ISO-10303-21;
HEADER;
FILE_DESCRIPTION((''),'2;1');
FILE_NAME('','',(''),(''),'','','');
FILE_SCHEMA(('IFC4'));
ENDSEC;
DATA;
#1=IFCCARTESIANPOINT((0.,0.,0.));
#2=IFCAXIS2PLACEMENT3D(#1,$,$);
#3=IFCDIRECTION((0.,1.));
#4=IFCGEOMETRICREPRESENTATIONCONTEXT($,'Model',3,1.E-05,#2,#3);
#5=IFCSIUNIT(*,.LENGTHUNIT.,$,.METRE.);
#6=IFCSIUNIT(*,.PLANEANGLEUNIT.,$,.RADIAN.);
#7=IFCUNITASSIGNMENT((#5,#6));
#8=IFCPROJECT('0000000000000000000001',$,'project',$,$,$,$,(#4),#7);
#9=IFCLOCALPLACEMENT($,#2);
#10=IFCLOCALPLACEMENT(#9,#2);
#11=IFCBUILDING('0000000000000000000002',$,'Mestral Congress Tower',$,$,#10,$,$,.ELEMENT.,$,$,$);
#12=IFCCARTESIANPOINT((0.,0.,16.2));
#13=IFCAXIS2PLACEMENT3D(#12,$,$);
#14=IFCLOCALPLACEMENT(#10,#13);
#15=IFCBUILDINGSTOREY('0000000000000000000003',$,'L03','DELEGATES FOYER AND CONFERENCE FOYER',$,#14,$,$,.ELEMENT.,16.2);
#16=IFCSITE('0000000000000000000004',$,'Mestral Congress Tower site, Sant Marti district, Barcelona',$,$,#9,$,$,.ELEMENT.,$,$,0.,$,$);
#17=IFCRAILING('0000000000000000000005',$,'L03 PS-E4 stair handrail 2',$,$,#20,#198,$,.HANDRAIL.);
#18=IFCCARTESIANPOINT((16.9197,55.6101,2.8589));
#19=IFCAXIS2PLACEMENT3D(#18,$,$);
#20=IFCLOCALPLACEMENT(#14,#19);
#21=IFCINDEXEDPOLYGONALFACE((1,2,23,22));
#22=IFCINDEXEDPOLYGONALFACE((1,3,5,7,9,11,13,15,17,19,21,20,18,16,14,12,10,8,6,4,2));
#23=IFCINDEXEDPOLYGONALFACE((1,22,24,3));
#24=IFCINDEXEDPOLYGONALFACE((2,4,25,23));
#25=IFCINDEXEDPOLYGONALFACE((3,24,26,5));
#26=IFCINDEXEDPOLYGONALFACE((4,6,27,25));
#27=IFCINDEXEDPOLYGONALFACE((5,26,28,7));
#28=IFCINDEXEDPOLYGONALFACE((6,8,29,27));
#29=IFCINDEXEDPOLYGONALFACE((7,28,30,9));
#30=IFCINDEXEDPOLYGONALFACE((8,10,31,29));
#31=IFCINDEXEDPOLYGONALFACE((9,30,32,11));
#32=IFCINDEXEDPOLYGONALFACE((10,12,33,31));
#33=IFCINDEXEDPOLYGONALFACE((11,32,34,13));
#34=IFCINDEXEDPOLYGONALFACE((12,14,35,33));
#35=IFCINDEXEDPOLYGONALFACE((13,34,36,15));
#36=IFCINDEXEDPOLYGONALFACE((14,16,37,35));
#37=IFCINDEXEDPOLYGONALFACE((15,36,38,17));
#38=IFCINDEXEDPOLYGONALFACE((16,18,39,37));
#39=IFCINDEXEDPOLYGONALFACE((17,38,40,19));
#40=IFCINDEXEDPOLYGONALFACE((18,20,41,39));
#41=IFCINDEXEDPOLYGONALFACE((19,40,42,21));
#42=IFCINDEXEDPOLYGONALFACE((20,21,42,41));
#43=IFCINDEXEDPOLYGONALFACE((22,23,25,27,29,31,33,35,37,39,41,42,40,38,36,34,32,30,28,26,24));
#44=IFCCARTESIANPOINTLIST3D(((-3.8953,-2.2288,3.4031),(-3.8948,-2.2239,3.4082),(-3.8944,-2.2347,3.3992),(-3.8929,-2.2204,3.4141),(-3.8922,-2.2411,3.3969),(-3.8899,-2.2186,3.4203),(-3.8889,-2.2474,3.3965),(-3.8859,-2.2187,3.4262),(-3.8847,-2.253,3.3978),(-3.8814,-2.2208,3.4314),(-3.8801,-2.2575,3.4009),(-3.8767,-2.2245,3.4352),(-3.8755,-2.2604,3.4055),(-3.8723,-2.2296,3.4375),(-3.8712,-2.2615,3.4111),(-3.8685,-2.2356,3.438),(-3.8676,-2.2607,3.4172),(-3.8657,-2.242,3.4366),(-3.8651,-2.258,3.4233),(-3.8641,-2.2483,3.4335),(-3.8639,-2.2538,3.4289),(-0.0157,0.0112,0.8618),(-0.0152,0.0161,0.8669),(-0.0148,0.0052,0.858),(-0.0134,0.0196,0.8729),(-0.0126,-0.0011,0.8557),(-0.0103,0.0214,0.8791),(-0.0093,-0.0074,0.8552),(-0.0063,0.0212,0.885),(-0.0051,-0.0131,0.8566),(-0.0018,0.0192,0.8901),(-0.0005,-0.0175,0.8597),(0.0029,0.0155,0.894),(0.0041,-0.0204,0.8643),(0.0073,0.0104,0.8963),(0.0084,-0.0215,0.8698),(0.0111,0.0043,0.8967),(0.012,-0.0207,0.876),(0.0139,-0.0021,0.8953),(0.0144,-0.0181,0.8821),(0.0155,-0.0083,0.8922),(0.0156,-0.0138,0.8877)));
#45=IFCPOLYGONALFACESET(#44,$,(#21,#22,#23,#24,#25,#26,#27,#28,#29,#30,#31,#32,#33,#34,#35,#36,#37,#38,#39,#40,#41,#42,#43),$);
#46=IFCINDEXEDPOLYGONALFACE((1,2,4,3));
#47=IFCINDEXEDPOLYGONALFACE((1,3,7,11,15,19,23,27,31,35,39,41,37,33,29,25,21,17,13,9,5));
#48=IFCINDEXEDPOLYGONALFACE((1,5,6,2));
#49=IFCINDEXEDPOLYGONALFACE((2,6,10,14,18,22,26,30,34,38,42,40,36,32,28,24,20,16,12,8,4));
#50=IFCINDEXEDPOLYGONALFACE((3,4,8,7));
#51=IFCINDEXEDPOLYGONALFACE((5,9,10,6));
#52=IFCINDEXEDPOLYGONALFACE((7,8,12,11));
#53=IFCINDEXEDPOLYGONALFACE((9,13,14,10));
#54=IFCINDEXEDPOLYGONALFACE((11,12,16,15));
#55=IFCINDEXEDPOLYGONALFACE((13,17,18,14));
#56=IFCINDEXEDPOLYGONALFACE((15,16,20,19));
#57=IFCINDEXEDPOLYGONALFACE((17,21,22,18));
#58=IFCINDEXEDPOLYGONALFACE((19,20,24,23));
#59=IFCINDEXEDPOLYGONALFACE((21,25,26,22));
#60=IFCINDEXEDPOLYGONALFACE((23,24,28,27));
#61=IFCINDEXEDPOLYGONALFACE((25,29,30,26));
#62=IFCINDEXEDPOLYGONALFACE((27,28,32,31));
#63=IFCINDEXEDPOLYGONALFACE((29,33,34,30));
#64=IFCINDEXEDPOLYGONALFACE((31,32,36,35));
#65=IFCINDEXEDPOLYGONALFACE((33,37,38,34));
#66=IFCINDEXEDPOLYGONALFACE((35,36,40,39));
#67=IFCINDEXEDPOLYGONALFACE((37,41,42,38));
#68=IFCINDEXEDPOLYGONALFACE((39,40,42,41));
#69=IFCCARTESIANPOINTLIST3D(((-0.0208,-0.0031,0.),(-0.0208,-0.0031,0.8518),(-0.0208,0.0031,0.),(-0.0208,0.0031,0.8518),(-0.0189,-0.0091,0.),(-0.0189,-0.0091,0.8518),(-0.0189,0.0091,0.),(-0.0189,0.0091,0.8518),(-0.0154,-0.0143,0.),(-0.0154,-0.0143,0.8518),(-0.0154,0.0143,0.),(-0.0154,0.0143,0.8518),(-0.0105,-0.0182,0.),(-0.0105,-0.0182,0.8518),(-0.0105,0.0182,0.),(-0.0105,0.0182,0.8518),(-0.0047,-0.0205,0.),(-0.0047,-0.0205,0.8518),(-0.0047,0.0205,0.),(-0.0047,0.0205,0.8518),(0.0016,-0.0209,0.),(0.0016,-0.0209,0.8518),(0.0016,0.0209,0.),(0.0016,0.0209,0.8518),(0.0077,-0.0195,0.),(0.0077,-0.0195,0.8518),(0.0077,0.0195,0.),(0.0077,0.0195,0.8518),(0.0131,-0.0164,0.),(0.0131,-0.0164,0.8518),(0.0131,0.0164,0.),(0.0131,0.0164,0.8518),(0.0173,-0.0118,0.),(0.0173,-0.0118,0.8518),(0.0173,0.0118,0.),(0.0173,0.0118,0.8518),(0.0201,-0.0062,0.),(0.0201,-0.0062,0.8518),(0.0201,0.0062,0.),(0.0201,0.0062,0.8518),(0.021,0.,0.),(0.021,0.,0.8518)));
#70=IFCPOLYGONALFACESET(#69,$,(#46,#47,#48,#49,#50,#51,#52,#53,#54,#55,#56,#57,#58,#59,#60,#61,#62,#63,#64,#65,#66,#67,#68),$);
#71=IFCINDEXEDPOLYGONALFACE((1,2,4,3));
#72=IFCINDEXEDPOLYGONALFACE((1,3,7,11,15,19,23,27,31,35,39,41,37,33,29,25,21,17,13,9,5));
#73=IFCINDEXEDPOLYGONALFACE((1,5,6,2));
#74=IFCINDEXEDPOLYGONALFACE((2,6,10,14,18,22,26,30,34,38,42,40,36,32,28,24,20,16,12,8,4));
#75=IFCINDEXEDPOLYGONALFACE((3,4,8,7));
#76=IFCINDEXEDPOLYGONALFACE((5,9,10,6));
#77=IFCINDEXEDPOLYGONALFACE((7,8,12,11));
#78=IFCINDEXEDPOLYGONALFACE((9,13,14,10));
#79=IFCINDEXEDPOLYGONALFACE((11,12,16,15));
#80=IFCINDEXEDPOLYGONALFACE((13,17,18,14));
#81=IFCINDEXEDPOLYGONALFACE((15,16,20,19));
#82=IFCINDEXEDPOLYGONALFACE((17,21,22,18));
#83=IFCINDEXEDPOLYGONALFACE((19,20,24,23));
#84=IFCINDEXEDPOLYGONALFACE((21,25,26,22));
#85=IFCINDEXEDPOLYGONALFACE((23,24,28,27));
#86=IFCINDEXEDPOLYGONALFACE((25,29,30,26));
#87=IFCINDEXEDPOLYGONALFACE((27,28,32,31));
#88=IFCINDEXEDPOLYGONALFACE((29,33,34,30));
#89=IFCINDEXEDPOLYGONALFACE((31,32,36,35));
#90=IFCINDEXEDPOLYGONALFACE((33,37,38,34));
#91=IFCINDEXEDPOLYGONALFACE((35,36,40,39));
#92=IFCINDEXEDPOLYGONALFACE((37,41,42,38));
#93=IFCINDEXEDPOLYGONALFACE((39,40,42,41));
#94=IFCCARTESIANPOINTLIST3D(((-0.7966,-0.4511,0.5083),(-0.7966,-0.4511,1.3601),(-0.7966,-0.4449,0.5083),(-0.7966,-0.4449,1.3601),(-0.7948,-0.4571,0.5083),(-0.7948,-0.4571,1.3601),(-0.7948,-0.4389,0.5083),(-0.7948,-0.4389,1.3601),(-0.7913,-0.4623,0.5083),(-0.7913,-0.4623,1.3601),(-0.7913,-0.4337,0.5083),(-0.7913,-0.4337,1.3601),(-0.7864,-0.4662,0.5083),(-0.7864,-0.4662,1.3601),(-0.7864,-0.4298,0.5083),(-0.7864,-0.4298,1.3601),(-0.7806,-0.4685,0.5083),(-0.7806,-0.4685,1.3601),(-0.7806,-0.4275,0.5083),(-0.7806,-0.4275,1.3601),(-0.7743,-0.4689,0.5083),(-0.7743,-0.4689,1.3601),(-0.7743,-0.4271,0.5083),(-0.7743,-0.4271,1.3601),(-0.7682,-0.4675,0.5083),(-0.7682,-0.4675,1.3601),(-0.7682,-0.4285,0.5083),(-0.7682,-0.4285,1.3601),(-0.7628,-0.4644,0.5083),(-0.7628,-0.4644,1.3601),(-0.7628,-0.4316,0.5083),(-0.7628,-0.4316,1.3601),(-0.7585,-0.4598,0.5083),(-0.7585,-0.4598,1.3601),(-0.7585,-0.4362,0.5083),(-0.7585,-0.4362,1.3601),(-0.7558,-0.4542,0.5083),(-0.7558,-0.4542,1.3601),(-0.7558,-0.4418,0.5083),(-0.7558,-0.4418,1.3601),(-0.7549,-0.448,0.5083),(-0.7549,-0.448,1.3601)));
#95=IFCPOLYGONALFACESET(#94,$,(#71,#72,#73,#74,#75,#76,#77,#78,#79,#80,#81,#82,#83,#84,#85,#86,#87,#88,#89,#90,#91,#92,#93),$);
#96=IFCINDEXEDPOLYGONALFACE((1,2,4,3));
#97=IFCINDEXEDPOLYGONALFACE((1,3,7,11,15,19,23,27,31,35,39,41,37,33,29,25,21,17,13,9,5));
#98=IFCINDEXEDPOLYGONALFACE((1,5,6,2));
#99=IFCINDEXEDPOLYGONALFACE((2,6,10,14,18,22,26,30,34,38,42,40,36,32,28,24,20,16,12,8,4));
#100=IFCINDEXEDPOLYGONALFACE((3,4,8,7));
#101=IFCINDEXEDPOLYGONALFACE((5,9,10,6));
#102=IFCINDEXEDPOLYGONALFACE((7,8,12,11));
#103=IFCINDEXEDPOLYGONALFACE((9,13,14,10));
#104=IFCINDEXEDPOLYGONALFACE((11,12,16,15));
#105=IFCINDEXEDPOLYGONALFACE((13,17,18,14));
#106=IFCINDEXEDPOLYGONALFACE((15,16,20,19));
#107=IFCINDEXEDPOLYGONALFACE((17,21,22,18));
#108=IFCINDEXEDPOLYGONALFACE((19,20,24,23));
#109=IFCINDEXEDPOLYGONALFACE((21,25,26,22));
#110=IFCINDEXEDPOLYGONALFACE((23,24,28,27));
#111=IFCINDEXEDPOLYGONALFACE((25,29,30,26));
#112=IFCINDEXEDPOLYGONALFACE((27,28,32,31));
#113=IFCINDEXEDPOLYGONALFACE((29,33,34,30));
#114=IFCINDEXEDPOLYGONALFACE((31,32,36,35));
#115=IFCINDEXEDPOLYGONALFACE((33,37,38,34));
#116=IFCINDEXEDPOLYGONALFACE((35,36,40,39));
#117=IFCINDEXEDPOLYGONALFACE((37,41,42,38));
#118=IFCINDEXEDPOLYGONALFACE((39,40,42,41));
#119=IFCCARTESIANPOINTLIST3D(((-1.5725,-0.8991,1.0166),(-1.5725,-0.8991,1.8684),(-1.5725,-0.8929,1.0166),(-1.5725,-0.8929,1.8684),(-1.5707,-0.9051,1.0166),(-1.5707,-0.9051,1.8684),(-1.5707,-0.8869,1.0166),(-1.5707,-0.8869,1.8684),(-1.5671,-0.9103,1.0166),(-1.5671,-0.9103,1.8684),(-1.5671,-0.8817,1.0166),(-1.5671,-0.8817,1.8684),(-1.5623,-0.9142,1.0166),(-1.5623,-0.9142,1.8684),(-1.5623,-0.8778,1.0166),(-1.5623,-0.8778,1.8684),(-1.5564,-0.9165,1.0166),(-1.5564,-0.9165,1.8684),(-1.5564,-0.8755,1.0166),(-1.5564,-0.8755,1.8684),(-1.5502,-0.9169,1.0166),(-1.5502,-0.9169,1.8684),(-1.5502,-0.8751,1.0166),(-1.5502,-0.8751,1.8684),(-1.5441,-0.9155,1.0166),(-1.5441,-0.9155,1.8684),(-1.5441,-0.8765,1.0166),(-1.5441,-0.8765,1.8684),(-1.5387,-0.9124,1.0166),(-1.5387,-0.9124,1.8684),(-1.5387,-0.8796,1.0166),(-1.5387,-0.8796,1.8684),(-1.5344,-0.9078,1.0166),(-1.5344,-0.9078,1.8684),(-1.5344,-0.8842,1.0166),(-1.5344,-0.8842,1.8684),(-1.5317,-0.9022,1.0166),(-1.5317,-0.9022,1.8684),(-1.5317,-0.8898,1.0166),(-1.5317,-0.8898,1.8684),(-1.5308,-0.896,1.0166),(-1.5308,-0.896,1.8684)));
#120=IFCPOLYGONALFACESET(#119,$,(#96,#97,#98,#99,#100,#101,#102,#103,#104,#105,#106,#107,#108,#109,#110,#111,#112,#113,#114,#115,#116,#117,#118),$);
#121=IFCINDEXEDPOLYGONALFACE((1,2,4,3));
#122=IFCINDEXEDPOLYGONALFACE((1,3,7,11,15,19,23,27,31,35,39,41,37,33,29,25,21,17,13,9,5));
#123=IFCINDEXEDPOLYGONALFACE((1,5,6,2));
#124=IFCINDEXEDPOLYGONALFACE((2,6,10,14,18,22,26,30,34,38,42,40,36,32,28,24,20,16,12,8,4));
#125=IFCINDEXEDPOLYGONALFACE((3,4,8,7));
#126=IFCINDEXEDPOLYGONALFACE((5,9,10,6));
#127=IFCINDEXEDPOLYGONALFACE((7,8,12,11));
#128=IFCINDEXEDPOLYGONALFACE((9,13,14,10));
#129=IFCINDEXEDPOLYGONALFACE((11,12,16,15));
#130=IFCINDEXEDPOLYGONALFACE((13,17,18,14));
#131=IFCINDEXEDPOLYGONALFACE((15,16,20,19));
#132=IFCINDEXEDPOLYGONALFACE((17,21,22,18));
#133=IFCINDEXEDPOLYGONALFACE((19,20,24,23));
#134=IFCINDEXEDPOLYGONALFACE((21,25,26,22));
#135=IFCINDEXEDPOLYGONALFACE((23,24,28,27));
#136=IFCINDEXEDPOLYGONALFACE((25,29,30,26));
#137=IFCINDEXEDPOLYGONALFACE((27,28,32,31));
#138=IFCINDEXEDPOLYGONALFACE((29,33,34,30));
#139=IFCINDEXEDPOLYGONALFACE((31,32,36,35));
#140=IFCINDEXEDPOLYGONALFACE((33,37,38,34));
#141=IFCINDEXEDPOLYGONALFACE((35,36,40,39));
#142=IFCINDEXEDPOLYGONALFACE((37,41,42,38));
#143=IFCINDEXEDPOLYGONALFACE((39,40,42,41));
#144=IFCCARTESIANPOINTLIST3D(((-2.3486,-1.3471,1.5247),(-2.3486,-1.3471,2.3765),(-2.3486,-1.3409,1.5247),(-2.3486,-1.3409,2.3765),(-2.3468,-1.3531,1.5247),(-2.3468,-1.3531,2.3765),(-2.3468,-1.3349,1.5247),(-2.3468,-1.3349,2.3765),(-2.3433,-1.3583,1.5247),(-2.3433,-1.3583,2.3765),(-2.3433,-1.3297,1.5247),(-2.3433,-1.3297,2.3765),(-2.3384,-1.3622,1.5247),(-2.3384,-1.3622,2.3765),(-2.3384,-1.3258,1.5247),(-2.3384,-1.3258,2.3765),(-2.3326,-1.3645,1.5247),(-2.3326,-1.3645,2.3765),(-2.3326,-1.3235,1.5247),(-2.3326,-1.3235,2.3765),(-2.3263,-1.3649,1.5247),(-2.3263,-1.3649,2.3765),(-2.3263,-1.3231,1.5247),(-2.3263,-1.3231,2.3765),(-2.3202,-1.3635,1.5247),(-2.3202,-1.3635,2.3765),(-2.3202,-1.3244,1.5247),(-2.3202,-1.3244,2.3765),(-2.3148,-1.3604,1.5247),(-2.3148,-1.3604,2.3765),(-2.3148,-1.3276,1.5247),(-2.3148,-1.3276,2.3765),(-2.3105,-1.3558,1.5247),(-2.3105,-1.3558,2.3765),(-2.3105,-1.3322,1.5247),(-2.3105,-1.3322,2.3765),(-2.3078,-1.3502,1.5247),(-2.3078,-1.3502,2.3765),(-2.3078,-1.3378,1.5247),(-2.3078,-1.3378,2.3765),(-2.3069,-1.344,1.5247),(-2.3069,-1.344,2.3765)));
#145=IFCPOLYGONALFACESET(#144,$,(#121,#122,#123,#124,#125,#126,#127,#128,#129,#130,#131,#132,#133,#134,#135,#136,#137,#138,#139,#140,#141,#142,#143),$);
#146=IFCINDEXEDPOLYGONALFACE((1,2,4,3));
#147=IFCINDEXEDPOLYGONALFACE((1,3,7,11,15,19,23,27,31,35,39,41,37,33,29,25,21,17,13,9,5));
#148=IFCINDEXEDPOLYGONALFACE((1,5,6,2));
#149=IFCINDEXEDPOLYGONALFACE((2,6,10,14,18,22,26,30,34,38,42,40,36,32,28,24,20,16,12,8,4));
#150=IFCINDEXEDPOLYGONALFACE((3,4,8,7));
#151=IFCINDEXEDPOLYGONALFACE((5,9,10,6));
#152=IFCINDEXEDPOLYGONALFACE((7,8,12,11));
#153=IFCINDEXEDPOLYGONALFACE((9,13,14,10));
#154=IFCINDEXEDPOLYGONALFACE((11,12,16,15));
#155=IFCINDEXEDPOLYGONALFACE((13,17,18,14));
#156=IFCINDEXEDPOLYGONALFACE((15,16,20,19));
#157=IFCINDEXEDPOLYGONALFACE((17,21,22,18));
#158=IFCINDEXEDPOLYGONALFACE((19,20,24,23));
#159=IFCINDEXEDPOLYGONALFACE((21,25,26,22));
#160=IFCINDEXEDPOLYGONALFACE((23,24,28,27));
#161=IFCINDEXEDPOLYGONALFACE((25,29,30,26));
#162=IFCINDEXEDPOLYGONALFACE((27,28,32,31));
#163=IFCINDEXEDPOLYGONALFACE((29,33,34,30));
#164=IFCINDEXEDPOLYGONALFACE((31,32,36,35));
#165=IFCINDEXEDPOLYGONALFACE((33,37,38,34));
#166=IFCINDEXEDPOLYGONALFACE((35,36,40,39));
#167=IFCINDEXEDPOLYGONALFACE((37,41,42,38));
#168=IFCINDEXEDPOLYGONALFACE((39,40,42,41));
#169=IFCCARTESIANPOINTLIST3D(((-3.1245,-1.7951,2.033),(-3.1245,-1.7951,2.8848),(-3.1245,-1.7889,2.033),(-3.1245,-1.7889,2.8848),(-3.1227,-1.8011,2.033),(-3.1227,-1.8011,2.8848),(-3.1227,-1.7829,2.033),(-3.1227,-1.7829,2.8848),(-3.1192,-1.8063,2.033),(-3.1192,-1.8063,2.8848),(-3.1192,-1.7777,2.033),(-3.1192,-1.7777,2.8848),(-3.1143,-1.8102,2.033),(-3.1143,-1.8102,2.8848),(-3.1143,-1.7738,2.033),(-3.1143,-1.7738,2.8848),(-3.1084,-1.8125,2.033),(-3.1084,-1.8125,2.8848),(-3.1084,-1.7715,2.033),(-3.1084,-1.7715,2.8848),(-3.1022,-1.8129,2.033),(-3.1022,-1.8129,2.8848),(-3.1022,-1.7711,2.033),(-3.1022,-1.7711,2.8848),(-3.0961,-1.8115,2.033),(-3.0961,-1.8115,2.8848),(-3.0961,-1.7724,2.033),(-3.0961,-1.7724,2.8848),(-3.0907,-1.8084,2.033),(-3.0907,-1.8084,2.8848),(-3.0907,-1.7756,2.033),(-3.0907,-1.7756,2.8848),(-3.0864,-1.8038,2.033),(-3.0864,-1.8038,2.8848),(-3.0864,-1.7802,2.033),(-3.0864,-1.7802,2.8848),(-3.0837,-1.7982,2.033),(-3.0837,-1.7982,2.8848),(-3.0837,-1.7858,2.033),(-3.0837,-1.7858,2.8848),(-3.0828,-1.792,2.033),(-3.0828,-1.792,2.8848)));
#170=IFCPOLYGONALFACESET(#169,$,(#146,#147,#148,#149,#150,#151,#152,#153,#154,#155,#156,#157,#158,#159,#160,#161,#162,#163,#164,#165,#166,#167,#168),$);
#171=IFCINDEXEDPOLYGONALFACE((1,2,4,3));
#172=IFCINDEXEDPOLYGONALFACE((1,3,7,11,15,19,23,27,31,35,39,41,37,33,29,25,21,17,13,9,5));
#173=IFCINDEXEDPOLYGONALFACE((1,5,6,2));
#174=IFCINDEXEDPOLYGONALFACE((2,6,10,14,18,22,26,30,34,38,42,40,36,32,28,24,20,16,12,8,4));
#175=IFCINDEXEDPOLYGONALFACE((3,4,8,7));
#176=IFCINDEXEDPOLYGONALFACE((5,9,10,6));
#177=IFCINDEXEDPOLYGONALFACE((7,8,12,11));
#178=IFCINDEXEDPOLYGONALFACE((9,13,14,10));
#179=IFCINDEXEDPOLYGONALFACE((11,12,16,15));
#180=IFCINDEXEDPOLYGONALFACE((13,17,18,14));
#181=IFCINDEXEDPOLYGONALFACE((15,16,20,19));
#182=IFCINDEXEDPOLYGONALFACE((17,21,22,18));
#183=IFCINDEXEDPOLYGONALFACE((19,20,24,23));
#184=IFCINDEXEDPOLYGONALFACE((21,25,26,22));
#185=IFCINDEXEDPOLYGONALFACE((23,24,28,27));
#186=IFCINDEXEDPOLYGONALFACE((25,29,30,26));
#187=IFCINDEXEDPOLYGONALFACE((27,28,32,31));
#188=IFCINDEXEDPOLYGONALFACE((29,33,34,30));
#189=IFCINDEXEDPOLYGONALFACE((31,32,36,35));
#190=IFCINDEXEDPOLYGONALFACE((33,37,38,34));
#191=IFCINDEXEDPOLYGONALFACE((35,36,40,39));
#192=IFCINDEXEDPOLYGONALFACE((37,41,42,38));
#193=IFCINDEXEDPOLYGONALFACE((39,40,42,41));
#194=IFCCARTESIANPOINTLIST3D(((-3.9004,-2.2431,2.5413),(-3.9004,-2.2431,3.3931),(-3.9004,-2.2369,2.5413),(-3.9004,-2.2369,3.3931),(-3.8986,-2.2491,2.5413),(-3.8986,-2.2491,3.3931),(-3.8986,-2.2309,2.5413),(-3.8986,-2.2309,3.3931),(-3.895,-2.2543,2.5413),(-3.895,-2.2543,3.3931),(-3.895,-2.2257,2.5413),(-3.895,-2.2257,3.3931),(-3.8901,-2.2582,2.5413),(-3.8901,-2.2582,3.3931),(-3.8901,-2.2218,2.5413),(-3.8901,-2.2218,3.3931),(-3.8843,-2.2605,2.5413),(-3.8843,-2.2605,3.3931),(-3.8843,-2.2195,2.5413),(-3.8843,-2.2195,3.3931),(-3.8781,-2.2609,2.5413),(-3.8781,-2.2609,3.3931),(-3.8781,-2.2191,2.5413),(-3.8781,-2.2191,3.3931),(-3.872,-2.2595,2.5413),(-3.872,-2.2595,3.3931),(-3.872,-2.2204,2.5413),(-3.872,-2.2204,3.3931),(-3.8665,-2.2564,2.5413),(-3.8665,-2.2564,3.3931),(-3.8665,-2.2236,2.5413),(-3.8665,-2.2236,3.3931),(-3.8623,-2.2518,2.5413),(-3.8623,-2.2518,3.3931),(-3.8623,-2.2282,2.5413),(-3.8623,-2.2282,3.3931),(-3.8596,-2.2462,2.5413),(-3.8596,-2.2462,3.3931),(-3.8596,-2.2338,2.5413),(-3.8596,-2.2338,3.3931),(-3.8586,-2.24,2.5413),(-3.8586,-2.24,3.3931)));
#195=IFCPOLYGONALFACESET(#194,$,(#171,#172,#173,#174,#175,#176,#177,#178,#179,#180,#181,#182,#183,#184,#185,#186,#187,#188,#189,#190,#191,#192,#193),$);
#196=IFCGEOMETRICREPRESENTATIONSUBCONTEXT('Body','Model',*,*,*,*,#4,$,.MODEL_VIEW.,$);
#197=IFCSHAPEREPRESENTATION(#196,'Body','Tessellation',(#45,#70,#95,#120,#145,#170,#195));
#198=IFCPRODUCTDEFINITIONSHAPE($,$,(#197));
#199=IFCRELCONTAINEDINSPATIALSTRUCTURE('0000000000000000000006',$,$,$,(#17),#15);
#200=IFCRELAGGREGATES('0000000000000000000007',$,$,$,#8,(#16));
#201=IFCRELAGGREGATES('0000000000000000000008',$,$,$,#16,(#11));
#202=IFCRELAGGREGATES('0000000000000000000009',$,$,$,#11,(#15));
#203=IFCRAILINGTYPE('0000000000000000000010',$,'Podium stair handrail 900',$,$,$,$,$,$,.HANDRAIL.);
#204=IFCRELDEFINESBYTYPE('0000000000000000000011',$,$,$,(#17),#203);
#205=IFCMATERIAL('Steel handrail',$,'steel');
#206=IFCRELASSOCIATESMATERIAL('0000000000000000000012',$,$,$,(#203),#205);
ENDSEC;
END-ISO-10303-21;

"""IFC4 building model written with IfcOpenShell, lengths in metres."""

from ifc_helpers import new_model, si_unit, direction, frame, origin, origin_2d, place, context, subcontext, project, spatial, circle, extrude, material, type_object, element, save


model = new_model("IFC4")

# Units and contexts
model_context = context("Model", 3, precision=1e-05, world=origin(), true_north=direction((0.0, 1.0)))
body_context = subcontext(model_context, "Body", "Model", "MODEL_VIEW")
ifc_project = project(units=[si_unit("LENGTHUNIT", "METRE"), si_unit("PLANEANGLEUNIT", "RADIAN")], contexts=[model_context])

# Site, building, storey
site_placement = place(None, origin())
site = spatial("IfcSite", under=ifc_project, at=site_placement, Name="Mestral Congress Tower site, Sant Marti district, Barcelona", CompositionType="ELEMENT", RefElevation=0.0)
building_placement = place(site_placement, origin())
building = spatial("IfcBuilding", under=site, at=building_placement, Name="Mestral Congress Tower", CompositionType="ELEMENT")
storey_placement = place(building_placement, frame((0.0, 0.0, 16.2)))
storey = spatial("IfcBuildingStorey", under=building, at=storey_placement, Name="L03", Description="DELEGATES FOYER AND CONFERENCE FOYER", CompositionType="ELEMENT", Elevation=16.2)

# Railing
ifc_material_1 = material(Name="Steel handrail", Category="steel")
railing_type_1 = type_object("IfcRailingType", Name="Podium stair handrail 900", PredefinedType="HANDRAIL", material=ifc_material_1)
railing_1_placement = place(storey_placement, frame((16.9197, 55.6101, 2.8589)))
element("IfcRailing", 1, at=railing_1_placement, inside=storey, type_object=railing_type_1, Name="L03 PS-E4 stair handrail 2", PredefinedType="HANDRAIL", context=body_context, shape_type="SweptSolid", body=[
    extrude(circle(Radius=0.0239, at=origin_2d()), frame((0.0, 0.0, 0.876), z_axis=(-0.753262, -0.434911, 0.493405), x_axis=(0.500013, -0.866018, 0.0)), (0.0, 0.0, 1.0), 5.1504),
    extrude(circle(Radius=0.021, at=origin_2d()), origin(), (0.0, 0.0, 1.0), 0.8518),
    extrude(circle(Radius=0.021, at=origin_2d()), frame((-0.7759, -0.448, 0.5083)), (0.0, 0.0, 1.0), 0.8518),
    extrude(circle(Radius=0.021, at=origin_2d()), frame((-1.5518, -0.896, 1.0166)), (0.0, 0.0, 1.0), 0.8518),
    extrude(circle(Radius=0.021, at=origin_2d()), frame((-2.3279, -1.344, 1.5247)), (0.0, 0.0, 1.0), 0.8518),
    extrude(circle(Radius=0.021, at=origin_2d()), frame((-3.1038, -1.792, 2.033)), (0.0, 0.0, 1.0), 0.8518),
    extrude(circle(Radius=0.021, at=origin_2d()), frame((-3.8796, -2.24, 2.5413)), (0.0, 0.0, 1.0), 0.8518),
])

save(model, "model.ifc")
